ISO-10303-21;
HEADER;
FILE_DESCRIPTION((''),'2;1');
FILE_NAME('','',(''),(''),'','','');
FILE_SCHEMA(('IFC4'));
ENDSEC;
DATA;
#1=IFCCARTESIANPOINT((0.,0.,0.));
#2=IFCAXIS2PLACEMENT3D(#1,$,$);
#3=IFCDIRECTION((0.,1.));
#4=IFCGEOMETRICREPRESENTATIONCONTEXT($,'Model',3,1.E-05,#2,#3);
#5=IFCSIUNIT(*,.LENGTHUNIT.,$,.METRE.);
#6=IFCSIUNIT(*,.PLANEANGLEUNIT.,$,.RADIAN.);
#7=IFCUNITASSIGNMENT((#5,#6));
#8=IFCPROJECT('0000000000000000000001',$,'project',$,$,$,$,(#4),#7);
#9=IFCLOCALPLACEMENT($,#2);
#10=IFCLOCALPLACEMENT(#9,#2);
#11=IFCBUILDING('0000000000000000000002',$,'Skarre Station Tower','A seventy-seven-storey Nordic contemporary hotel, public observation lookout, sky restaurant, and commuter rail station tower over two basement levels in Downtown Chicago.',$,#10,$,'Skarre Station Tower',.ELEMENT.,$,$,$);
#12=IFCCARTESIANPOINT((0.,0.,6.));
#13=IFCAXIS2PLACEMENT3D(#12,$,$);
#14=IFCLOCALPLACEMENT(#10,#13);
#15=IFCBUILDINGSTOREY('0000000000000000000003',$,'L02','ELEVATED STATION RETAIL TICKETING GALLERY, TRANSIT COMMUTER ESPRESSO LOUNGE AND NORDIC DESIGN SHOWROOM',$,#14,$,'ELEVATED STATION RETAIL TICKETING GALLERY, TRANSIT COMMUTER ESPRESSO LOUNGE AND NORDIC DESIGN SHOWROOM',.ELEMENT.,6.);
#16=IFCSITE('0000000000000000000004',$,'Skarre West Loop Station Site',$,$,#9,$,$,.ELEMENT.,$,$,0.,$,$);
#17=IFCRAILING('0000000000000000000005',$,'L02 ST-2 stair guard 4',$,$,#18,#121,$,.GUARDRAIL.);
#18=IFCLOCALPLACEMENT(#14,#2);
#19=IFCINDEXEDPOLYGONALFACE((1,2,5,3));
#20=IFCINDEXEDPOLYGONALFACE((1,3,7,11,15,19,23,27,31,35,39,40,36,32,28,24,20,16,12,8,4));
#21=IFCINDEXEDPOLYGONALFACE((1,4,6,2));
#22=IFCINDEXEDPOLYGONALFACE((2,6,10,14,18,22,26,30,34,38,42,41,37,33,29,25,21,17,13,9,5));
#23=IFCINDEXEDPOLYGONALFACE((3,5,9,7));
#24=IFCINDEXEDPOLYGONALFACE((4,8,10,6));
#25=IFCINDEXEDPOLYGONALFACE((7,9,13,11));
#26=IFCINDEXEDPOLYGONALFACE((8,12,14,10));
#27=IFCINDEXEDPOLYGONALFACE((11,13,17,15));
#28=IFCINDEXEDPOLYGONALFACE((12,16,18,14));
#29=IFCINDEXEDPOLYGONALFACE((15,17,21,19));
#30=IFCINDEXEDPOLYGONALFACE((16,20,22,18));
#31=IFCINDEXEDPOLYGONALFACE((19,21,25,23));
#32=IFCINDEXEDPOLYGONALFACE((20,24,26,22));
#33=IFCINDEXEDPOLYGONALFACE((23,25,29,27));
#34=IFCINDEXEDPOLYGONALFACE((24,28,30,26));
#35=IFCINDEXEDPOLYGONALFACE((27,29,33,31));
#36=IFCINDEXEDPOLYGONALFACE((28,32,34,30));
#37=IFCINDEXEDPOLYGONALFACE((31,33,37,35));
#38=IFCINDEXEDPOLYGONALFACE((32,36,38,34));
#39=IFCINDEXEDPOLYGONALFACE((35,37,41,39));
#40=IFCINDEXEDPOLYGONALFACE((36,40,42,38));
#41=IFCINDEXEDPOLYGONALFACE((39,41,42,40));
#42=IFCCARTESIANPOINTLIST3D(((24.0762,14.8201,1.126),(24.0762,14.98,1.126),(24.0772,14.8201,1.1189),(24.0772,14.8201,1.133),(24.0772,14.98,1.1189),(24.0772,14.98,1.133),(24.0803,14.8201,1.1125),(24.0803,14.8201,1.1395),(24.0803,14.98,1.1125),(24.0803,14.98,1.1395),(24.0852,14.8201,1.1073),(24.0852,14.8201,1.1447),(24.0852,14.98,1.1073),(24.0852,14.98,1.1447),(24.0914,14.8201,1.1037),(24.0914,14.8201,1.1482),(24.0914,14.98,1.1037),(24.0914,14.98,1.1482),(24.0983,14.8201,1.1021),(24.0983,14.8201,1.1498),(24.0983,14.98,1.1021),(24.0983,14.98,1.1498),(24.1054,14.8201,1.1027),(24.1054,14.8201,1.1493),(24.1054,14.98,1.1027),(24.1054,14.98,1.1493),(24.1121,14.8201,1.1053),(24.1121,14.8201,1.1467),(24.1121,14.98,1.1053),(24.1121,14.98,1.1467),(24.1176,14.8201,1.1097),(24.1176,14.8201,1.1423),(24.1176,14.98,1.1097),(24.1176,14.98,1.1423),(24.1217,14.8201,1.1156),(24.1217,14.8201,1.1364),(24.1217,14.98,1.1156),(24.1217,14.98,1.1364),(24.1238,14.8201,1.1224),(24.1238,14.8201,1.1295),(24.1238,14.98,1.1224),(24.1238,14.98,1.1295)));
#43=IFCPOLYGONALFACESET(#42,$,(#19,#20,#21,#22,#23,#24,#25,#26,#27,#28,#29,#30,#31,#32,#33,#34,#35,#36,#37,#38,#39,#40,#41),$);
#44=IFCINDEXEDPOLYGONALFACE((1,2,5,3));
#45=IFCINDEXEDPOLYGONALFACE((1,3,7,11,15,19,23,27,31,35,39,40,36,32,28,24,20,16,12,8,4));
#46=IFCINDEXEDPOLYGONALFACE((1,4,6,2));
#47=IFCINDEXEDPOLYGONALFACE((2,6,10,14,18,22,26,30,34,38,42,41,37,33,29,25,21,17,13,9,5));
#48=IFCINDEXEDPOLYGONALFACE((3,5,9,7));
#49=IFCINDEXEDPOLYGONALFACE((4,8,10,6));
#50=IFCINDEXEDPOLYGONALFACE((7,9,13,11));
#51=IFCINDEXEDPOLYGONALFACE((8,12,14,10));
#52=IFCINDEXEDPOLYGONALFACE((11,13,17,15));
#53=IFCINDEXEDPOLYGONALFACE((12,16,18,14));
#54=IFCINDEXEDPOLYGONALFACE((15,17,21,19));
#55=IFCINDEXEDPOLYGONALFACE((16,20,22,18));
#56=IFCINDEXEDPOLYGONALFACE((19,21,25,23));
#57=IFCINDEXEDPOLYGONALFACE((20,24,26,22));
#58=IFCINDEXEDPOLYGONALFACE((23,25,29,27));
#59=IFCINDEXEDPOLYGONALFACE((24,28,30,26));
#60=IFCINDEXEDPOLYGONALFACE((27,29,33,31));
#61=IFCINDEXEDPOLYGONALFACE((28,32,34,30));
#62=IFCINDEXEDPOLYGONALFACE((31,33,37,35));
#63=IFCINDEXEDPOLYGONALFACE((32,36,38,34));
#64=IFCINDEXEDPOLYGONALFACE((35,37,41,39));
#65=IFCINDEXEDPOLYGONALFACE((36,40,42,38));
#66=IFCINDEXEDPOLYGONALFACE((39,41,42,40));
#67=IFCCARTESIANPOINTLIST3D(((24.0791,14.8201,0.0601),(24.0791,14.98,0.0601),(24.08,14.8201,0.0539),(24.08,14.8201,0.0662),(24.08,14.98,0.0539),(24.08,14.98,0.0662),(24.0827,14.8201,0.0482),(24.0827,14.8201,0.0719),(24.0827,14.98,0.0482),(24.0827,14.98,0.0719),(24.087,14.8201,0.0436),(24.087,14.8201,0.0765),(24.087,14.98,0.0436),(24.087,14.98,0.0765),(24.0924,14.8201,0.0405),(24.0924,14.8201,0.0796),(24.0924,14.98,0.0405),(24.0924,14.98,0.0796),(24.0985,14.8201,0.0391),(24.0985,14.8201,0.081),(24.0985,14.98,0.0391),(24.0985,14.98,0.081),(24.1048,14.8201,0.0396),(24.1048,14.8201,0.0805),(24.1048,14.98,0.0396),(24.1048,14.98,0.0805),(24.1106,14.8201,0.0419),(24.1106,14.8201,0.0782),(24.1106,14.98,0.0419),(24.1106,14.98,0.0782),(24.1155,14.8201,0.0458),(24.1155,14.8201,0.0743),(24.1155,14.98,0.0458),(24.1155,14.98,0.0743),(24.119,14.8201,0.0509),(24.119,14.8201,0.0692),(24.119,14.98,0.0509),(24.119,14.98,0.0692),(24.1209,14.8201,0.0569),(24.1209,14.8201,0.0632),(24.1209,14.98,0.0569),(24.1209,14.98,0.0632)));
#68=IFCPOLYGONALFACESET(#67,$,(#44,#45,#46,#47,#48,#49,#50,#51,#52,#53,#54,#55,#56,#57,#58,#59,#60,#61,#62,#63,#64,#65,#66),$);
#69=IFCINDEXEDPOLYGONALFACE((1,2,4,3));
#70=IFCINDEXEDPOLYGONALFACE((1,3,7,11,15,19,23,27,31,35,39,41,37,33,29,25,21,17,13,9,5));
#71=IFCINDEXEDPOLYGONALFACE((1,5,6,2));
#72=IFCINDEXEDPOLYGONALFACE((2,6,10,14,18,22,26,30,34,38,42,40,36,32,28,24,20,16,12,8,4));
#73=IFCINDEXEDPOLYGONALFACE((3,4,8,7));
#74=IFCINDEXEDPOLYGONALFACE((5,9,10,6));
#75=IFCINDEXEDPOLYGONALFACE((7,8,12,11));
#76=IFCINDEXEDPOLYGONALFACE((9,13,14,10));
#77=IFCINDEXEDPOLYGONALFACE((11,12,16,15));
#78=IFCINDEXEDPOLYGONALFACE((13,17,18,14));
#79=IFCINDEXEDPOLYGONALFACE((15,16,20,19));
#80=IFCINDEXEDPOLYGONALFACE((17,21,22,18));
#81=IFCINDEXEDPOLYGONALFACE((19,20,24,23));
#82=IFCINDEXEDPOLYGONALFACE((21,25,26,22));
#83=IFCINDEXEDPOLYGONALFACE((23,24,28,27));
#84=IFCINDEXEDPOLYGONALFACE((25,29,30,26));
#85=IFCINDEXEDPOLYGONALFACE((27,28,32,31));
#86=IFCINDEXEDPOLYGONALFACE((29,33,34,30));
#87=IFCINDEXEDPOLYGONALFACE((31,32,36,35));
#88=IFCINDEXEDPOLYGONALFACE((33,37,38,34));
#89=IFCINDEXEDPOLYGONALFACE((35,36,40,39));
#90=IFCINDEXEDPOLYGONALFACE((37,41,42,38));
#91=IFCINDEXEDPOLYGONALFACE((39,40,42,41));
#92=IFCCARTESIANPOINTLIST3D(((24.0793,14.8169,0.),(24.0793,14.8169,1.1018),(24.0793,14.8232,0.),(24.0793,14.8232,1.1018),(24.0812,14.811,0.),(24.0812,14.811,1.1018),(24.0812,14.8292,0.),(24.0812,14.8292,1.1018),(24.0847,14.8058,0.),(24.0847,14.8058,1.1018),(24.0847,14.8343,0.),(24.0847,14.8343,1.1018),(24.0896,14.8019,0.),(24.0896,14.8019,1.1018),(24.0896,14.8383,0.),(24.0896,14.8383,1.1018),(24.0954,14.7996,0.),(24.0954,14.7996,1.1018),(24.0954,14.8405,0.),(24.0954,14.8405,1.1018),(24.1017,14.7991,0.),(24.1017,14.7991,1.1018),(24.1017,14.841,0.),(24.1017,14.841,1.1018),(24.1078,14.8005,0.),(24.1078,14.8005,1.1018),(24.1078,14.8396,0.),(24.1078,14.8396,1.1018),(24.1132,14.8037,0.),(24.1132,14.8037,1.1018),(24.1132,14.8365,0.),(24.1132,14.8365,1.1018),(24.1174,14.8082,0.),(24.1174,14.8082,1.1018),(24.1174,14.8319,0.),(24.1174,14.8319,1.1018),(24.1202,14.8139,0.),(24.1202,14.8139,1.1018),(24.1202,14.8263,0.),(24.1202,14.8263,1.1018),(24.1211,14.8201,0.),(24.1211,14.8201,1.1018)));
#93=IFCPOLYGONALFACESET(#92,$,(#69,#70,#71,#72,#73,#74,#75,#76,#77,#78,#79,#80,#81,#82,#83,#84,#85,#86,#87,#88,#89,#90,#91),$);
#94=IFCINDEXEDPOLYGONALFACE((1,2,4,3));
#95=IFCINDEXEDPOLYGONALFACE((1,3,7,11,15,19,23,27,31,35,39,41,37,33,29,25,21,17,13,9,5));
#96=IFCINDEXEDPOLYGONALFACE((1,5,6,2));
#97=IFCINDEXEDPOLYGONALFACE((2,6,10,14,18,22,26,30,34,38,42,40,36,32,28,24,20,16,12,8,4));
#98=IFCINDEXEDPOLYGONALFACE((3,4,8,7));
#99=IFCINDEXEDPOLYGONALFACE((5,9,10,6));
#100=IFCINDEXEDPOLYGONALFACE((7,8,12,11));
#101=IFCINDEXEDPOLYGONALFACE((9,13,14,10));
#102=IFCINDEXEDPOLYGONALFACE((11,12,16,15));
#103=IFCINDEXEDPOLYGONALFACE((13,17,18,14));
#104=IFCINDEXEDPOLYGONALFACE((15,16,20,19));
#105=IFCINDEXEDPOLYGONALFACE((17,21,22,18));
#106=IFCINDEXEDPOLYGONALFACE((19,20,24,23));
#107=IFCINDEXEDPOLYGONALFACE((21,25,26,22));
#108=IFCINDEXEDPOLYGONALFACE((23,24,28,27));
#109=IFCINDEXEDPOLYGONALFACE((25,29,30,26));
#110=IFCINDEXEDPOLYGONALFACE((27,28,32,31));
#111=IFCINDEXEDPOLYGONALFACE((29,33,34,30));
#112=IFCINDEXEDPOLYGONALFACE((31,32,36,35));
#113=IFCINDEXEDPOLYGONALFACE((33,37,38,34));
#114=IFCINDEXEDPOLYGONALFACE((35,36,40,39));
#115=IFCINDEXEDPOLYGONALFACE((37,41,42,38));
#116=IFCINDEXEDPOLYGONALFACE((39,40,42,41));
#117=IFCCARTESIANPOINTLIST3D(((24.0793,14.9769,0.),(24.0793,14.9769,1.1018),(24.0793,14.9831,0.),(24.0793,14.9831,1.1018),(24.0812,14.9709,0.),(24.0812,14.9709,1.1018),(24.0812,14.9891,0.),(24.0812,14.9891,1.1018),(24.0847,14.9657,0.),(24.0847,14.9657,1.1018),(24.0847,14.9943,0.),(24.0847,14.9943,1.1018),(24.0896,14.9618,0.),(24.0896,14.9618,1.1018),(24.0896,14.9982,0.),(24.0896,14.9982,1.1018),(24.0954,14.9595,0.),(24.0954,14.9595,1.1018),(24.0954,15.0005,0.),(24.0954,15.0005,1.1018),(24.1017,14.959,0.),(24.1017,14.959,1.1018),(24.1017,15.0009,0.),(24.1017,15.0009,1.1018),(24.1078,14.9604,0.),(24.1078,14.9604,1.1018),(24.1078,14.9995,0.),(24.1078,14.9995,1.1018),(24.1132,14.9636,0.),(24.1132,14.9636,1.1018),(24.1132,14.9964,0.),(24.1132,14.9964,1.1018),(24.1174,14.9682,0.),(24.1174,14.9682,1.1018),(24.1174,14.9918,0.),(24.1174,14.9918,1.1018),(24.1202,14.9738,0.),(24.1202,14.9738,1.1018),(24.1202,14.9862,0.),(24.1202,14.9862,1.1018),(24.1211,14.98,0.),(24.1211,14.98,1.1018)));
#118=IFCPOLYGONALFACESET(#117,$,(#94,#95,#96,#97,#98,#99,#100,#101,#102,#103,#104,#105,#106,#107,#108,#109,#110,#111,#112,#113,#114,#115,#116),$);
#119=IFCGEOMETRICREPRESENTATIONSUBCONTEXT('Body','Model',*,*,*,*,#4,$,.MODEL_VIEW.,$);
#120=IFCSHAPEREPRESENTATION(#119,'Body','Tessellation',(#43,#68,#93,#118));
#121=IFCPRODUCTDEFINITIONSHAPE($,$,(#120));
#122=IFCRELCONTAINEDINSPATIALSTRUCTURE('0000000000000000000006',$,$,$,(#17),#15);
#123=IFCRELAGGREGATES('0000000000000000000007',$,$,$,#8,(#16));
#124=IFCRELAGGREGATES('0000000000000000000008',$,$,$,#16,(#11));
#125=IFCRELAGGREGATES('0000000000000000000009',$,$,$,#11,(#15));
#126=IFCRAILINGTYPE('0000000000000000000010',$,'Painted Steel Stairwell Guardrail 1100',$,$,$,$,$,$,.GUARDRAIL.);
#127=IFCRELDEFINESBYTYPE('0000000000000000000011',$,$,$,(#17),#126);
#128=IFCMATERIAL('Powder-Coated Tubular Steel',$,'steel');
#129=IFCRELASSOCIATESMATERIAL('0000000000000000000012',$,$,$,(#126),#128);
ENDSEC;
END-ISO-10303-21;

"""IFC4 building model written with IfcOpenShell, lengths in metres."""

from ifc_helpers import new_model, si_unit, direction, frame, origin, origin_2d, place, context, subcontext, project, spatial, circle, extrude, material, type_object, element, save


model = new_model("IFC4")

# Units and contexts
model_context = context("Model", 3, precision=1e-05, world=origin(), true_north=direction((0.0, 1.0)))
body_context = subcontext(model_context, "Body", "Model", "MODEL_VIEW")
ifc_project = project(units=[si_unit("LENGTHUNIT", "METRE"), si_unit("PLANEANGLEUNIT", "RADIAN")], contexts=[model_context])

# Site, building, storey
site_placement = place(None, origin())
site = spatial("IfcSite", under=ifc_project, at=site_placement, Name="Skarre West Loop Station Site", CompositionType="ELEMENT", RefElevation=0.0)
building_placement = place(site_placement, origin())
building = spatial("IfcBuilding", under=site, at=building_placement, Name="Skarre Station Tower", Description="A seventy-seven-storey Nordic contemporary hotel, public observation lookout, sky restaurant, and commuter rail station tower over two basement levels in Downtown Chicago.", LongName="Skarre Station Tower", CompositionType="ELEMENT")
storey_placement = place(building_placement, frame((0.0, 0.0, 6.0)))
storey = spatial("IfcBuildingStorey", under=building, at=storey_placement, Name="L02", Description="ELEVATED STATION RETAIL TICKETING GALLERY, TRANSIT COMMUTER ESPRESSO LOUNGE AND NORDIC DESIGN SHOWROOM", LongName="ELEVATED STATION RETAIL TICKETING GALLERY, TRANSIT COMMUTER ESPRESSO LOUNGE AND NORDIC DESIGN SHOWROOM", CompositionType="ELEMENT", Elevation=6.0)

# Railing
ifc_material_1 = material(Name="Powder-Coated Tubular Steel", Category="steel")
railing_type_1 = type_object("IfcRailingType", Name="Painted Steel Stairwell Guardrail 1100", PredefinedType="GUARDRAIL", material=ifc_material_1)
railing_1_placement = place(storey_placement, frame((24.1001, 14.8201, 0.0)))
element("IfcRailing", 1, at=railing_1_placement, inside=storey, type_object=railing_type_1, Name="L02 ST-2 stair guard 4", PredefinedType="GUARDRAIL", context=body_context, shape_type="SweptSolid", body=[
    extrude(circle(Radius=0.0239, at=origin_2d()), frame((0.0, 0.0, 1.126), z_axis=(0.0, 1.0, 0.0), x_axis=(-1.0, 0.0, 0.0)), (0.0, 0.0, 1.0), 0.1599),
    extrude(circle(Radius=0.021, at=origin_2d()), frame((0.0, 0.0, 0.0601), z_axis=(0.0, 1.0, 0.0), x_axis=(-1.0, 0.0, 0.0)), (0.0, 0.0, 1.0), 0.1599),
    extrude(circle(Radius=0.021, at=origin_2d()), origin(), (0.0, 0.0, 1.0), 1.1018),
    extrude(circle(Radius=0.021, at=origin_2d()), frame((0.0, 0.1599, 0.0)), (0.0, 0.0, 1.0), 1.1018),
])

save(model, "model.ifc")
